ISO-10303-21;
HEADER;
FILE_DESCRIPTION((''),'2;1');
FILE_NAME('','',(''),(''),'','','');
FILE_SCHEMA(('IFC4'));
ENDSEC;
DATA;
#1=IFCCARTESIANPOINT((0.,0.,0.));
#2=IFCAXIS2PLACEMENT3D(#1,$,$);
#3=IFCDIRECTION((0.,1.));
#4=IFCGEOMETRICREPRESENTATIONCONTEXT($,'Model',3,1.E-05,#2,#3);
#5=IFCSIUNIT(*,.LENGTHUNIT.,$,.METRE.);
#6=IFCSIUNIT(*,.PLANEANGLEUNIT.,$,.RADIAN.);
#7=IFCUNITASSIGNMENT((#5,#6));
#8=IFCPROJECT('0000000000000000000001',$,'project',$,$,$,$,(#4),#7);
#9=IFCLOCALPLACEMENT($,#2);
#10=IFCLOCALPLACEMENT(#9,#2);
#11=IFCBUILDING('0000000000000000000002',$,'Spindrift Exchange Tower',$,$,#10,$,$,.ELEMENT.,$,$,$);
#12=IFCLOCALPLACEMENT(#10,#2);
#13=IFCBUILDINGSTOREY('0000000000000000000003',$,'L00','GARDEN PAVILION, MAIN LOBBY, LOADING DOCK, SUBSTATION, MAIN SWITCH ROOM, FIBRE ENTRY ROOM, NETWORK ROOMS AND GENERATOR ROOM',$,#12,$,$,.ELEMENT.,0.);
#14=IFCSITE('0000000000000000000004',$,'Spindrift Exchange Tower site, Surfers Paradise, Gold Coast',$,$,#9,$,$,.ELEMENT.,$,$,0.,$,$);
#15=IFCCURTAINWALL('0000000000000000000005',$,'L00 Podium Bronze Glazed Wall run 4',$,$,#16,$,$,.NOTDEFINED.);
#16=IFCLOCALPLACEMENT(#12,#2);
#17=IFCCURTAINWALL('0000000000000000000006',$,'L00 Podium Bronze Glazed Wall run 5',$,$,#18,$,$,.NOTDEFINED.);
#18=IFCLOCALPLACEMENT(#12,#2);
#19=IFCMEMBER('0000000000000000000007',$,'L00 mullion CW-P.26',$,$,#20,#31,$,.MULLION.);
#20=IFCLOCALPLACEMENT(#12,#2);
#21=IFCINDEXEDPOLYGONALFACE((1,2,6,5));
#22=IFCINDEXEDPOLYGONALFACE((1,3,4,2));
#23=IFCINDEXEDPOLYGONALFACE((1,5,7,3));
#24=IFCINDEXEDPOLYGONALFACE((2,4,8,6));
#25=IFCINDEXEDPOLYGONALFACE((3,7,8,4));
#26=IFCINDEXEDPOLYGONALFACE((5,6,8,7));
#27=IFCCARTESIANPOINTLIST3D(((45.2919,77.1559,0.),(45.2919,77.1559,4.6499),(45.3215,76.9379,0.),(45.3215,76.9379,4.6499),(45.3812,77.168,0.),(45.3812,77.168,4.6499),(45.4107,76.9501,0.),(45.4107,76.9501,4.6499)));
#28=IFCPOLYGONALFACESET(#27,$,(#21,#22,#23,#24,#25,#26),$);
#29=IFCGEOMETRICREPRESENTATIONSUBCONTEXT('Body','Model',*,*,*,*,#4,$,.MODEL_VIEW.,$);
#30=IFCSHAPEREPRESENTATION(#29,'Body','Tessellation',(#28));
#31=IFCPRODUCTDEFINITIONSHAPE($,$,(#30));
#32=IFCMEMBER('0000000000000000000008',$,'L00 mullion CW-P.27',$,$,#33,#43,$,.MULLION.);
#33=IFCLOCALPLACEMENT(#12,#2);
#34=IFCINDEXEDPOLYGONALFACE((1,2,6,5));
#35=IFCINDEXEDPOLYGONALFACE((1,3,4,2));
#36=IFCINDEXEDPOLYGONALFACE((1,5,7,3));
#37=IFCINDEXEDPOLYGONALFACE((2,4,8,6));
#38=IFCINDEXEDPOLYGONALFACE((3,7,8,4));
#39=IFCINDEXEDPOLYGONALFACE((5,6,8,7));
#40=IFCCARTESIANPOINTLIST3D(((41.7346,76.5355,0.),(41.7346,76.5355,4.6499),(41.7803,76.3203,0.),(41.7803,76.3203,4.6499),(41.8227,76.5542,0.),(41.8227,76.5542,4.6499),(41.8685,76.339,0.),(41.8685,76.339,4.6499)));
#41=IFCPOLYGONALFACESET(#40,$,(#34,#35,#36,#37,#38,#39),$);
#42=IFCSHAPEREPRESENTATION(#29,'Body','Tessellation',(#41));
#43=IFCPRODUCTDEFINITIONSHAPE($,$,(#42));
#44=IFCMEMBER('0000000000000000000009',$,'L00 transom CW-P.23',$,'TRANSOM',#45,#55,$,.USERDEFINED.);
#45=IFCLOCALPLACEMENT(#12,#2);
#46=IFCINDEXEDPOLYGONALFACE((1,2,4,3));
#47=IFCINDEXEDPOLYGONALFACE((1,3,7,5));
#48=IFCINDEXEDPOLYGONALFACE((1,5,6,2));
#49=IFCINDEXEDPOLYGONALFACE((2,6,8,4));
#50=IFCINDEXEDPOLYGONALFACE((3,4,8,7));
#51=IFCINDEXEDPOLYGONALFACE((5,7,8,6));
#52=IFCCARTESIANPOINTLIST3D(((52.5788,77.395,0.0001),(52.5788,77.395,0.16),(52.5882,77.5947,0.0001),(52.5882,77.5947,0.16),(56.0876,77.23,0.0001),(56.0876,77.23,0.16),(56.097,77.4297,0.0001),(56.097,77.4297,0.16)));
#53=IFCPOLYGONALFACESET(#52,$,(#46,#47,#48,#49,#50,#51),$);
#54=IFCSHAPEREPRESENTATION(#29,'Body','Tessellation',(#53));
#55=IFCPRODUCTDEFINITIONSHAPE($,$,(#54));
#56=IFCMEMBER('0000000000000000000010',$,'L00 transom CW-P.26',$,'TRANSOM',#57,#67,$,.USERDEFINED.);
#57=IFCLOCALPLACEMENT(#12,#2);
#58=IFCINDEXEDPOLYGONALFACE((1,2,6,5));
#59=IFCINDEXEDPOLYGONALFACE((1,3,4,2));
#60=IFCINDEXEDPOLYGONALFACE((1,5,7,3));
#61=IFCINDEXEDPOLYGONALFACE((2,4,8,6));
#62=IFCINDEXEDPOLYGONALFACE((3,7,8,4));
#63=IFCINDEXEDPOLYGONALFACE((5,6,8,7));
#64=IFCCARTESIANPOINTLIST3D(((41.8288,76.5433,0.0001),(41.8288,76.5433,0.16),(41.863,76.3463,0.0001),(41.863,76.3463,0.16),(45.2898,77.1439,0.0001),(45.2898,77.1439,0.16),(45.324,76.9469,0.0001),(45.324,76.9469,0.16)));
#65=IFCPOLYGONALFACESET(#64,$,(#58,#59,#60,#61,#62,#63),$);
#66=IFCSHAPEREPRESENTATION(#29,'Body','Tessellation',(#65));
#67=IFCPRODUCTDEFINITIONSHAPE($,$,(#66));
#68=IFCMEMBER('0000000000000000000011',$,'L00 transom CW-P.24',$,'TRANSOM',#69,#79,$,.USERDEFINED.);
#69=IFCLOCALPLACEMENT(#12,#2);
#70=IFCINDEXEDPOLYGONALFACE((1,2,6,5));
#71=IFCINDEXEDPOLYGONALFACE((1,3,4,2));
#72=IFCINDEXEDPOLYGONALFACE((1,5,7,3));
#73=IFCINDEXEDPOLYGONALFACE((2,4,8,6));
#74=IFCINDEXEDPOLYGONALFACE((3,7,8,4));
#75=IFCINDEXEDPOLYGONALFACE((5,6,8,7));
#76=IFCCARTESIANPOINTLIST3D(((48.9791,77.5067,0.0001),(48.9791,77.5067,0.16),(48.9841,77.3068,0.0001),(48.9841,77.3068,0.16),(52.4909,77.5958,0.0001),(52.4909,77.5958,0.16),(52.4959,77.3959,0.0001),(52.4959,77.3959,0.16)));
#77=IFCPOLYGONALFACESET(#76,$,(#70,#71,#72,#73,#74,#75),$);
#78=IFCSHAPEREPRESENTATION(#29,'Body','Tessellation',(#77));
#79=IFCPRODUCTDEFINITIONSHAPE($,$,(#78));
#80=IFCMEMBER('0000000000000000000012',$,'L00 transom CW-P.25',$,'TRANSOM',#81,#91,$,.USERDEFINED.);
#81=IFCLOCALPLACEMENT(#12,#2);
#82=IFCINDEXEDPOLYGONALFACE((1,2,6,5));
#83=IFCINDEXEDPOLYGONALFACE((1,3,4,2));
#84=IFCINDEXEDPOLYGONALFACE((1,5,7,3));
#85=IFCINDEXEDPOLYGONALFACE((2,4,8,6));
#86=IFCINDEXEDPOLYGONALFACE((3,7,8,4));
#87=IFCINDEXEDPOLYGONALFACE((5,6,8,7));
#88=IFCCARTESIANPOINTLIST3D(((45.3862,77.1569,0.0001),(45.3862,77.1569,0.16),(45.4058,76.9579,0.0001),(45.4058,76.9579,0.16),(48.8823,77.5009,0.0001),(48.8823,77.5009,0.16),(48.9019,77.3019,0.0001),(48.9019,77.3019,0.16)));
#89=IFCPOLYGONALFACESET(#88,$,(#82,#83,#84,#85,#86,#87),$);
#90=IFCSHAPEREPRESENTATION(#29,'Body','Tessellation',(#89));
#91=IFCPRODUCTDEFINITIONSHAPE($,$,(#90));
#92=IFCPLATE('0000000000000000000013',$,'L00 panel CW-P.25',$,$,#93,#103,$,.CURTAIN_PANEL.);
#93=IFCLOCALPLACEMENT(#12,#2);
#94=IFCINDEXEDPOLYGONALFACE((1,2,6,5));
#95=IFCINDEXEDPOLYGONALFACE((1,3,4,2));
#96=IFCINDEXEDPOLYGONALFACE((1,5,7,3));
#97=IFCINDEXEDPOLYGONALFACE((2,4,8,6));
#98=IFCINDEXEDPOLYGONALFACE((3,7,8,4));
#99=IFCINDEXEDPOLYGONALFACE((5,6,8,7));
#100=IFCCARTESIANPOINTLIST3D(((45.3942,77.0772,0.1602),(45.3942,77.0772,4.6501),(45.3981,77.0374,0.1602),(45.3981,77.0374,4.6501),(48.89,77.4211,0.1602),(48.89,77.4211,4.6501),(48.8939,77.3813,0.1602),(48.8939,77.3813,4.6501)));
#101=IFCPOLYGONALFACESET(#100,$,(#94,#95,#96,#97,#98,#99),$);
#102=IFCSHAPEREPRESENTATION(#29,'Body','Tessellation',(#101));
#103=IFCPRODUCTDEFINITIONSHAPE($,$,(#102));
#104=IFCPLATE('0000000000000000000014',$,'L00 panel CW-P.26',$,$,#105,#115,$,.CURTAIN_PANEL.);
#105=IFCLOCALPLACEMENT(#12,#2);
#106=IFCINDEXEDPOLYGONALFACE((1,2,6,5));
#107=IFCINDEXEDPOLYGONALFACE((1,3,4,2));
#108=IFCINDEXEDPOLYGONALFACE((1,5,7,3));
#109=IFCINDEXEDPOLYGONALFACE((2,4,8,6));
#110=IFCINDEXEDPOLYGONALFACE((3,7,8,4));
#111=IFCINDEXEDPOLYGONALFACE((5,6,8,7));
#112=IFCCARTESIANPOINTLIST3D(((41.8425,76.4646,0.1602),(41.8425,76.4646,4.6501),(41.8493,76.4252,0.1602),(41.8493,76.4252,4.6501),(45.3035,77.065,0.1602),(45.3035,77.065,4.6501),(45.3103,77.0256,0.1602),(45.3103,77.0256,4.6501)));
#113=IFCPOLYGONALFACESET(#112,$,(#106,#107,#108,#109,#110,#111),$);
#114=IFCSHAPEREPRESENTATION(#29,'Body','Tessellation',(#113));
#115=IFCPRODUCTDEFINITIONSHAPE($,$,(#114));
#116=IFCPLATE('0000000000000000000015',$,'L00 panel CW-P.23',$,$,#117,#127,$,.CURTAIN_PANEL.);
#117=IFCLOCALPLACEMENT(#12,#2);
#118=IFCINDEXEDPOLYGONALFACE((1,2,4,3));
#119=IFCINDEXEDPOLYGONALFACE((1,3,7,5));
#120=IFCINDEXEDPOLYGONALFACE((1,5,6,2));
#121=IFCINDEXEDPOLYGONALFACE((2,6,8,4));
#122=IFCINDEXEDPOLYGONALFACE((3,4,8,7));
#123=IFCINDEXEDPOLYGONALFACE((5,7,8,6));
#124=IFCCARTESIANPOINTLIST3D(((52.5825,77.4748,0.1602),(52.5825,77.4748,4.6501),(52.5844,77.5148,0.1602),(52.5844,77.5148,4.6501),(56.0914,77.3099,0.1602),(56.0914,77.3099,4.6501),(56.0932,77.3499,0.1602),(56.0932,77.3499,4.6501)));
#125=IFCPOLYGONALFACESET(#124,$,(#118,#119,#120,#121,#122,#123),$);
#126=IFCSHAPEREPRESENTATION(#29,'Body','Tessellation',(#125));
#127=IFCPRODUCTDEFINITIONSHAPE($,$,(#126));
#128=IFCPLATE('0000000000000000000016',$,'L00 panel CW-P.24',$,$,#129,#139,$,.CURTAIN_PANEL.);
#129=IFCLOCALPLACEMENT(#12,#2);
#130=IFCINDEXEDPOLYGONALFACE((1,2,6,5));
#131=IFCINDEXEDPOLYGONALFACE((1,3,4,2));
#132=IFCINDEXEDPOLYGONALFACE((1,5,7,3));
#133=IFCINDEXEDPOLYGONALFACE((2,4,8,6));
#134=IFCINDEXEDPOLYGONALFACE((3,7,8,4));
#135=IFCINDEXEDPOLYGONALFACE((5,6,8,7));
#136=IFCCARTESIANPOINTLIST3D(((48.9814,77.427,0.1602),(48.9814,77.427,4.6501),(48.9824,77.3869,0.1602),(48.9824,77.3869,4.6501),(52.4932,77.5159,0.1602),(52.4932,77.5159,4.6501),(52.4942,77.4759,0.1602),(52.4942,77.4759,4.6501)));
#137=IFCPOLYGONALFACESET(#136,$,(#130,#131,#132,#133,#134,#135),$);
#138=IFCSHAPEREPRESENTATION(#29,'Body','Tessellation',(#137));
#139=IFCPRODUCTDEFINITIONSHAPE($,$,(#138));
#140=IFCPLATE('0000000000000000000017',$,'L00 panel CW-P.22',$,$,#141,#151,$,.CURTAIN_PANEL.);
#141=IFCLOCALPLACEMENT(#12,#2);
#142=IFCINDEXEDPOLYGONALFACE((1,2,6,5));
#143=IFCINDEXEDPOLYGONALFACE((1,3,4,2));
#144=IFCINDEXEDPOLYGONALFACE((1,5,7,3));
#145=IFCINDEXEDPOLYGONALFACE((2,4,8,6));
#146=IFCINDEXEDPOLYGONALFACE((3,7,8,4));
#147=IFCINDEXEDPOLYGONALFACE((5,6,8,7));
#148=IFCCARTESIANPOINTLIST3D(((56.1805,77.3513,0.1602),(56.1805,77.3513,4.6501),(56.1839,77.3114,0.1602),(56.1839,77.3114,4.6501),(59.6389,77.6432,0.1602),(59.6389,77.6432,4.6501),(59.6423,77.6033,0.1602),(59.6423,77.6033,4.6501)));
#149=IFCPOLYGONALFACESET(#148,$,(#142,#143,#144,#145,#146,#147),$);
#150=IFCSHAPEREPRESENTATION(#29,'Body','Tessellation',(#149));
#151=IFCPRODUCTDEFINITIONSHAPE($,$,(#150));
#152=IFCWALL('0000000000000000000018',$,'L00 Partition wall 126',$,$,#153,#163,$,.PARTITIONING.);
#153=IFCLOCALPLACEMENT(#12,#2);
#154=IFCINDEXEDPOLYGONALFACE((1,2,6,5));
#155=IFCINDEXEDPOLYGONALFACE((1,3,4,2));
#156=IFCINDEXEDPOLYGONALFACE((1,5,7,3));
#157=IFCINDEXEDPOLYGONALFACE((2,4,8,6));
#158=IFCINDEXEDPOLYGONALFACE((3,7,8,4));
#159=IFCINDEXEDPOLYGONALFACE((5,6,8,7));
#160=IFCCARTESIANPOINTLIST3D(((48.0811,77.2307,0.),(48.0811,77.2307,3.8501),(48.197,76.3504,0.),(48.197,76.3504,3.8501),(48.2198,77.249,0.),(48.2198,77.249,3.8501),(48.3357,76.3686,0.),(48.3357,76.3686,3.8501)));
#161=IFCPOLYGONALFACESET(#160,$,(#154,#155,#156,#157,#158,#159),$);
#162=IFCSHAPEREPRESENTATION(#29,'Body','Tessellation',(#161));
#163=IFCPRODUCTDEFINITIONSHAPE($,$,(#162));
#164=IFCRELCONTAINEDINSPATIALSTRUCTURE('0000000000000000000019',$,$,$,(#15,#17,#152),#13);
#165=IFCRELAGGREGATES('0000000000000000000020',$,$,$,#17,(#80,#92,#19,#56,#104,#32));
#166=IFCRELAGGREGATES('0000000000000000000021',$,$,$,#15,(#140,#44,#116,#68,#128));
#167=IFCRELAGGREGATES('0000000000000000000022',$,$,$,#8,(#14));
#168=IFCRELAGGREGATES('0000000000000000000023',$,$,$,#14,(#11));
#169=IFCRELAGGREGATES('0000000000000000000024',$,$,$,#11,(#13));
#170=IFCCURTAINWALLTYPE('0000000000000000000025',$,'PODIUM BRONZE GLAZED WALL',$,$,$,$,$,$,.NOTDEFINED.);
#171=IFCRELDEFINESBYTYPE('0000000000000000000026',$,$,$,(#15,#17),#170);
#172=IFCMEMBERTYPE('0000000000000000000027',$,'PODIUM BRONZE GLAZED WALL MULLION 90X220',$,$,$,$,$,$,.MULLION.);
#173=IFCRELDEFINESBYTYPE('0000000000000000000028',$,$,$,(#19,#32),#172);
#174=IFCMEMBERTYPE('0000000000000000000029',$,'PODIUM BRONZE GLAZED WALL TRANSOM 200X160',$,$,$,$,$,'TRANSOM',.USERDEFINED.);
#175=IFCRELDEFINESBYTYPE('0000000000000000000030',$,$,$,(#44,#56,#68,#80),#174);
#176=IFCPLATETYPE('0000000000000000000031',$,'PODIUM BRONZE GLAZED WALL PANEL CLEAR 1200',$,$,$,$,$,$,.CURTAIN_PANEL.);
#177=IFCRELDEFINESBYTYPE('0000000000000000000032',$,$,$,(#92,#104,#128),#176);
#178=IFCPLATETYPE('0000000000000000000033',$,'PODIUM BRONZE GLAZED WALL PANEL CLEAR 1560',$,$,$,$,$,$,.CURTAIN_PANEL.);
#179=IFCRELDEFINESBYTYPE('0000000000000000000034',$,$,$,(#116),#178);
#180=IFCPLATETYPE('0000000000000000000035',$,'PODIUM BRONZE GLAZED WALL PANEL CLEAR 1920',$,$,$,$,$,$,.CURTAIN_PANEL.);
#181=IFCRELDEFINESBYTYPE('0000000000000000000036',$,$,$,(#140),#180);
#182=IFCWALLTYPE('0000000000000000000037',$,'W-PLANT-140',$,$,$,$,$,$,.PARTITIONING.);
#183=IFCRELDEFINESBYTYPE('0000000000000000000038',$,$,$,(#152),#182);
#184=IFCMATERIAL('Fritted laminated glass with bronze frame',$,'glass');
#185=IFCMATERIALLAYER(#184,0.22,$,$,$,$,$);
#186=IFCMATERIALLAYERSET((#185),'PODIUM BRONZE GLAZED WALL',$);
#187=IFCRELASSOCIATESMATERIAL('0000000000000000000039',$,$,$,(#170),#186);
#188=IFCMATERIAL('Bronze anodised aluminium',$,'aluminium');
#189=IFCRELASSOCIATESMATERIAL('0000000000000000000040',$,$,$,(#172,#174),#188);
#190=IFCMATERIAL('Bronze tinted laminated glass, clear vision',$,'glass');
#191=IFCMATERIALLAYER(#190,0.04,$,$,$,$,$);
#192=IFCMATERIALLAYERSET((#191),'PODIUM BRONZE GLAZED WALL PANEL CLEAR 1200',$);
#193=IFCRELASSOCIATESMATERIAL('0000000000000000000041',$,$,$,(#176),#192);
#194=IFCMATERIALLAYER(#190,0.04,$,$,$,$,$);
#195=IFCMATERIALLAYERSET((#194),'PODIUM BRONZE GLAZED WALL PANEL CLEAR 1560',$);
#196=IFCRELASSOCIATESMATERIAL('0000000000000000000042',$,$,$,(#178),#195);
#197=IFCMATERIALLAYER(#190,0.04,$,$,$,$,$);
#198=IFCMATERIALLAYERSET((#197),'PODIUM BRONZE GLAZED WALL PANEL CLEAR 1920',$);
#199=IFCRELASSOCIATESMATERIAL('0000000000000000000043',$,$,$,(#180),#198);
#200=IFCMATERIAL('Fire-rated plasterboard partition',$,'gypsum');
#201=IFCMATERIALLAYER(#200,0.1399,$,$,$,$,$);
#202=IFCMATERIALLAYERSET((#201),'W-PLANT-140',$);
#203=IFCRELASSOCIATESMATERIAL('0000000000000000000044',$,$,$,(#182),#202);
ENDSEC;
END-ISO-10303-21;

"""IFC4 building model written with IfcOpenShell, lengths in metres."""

from ifc_helpers import new_model, si_unit, direction, frame, frame_2d, origin, origin_2d, place, context, subcontext, project, spatial, rectangle, extrude, source, transform, mapped, material, layer, layer_set, material_profile, profile_set, type_object, element, aggregate, save


model = new_model("IFC4")

# Units and contexts
model_context = context("Model", 3, precision=1e-05, world=origin(), true_north=direction((0.0, 1.0)))
body_context = subcontext(model_context, "Body", "Model", "MODEL_VIEW")
ifc_project = project(units=[si_unit("LENGTHUNIT", "METRE"), si_unit("PLANEANGLEUNIT", "RADIAN")], contexts=[model_context])

# Site, building, storey
site_placement = place(None, origin())
site = spatial("IfcSite", under=ifc_project, at=site_placement, Name="Spindrift Exchange Tower site, Surfers Paradise, Gold Coast", CompositionType="ELEMENT", RefElevation=0.0)
building_placement = place(site_placement, origin())
building = spatial("IfcBuilding", under=site, at=building_placement, Name="Spindrift Exchange Tower", CompositionType="ELEMENT")
storey_placement = place(building_placement, origin())
storey = spatial("IfcBuildingStorey", under=building, at=storey_placement, Name="L00", Description="GARDEN PAVILION, MAIN LOBBY, LOADING DOCK, SUBSTATION, MAIN SWITCH ROOM, FIBRE ENTRY ROOM, NETWORK ROOMS AND GENERATOR ROOM", CompositionType="ELEMENT", Elevation=0.0)

# Curtain walls, members
ifc_material_1 = material(Name="Fritted laminated glass with bronze frame", Category="glass")
ifc_layer_1 = layer(ifc_material_1, 0.22)
ifc_layer_set_1 = layer_set([ifc_layer_1], Name="PODIUM BRONZE GLAZED WALL")
curtain_wall_type = type_object("IfcCurtainWallType", Name="PODIUM BRONZE GLAZED WALL", PredefinedType="NOTDEFINED", material=ifc_layer_set_1)
curtain_wall_1_placement = place(storey_placement, origin())
curtain_wall_1 = element("IfcCurtainWall", 1, at=curtain_wall_1_placement, inside=storey, type_object=curtain_wall_type, Name="L00 Podium Bronze Glazed Wall run 4", PredefinedType="NOTDEFINED")
ifc_material_2 = material(Name="Bronze anodised aluminium", Category="aluminium")
ifc_material_profile_1 = material_profile(ifc_material_2, rectangle(XDim=0.0901, YDim=0.22, at=origin_2d()), Name="PODIUM BRONZE GLAZED WALL MULLION 90X220")
ifc_profile_set_1 = profile_set([ifc_material_profile_1], Name="Bronze anodised aluminium")
member_type_1 = type_object("IfcMemberType", Name="PODIUM BRONZE GLAZED WALL MULLION 90X220", PredefinedType="MULLION", material=ifc_profile_set_1)
shared_shape_1 = source(origin(), body_context, "Body", "SweptSolid", [
    extrude(rectangle(XDim=0.0901, YDim=0.22, at=origin_2d()), origin(), (0.0, 0.0, 1.0), 4.6499),
])
curtain_wall_2_placement = place(storey_placement, origin())
curtain_wall_2 = element("IfcCurtainWall", 2, at=curtain_wall_2_placement, inside=storey, type_object=curtain_wall_type, Name="L00 Podium Bronze Glazed Wall run 5", PredefinedType="NOTDEFINED")
member_1_placement = place(storey_placement, frame((45.3513, 77.053, 0.0), z_axis=(0.0, 0.0, 1.0), x_axis=(-0.990913, -0.134503, 0.0)))
member_1 = element("IfcMember", 3, at=member_1_placement, type_object=member_type_1, Name="L00 mullion CW-P.26", PredefinedType="MULLION", context=body_context, shape_type="MappedRepresentation", body=[
    mapped(shared_shape_1, transform((0.0, 0.0, 0.0), scale=1.0)),
])
member_2_placement = place(storey_placement, frame((41.8015, 76.4373, 0.0), z_axis=(0.0, 0.0, 1.0), x_axis=(-0.978121, -0.208035, 0.0)))
member_2 = element("IfcMember", 4, at=member_2_placement, type_object=member_type_1, Name="L00 mullion CW-P.27", PredefinedType="MULLION", context=body_context, shape_type="MappedRepresentation", body=[
    mapped(shared_shape_1, transform((0.0, 0.0, 0.0), scale=1.0)),
])

# Members
ifc_material_profile_2 = material_profile(ifc_material_2, rectangle(XDim=0.2, YDim=0.1599, at=origin_2d()), Name="PODIUM BRONZE GLAZED WALL TRANSOM 200X160")
ifc_profile_set_2 = profile_set([ifc_material_profile_2], Name="Bronze anodised aluminium")
member_type_2 = type_object("IfcMemberType", Name="PODIUM BRONZE GLAZED WALL TRANSOM 200X160", ElementType="TRANSOM", PredefinedType="USERDEFINED", material=ifc_profile_set_2)
shared_shape_2 = source(origin(), body_context, "Body", "SweptSolid", [
    extrude(rectangle(XDim=0.2, YDim=0.1599, at=origin_2d()), origin(), (0.0, 0.0, 1.0), 3.5127),
])
member_3_placement = place(storey_placement, frame((56.0923, 77.3298, 0.0801), z_axis=(-0.998896, 0.046984, 0.0), x_axis=(-0.046984, -0.998896, 0.0)))
member_3 = element("IfcMember", 5, at=member_3_placement, type_object=member_type_2, Name="L00 transom CW-P.23", ObjectType="TRANSOM", PredefinedType="USERDEFINED", context=body_context, shape_type="MappedRepresentation", body=[
    mapped(shared_shape_2, transform((0.0, 0.0, 0.0), scale=1.0)),
])
member_4_placement = place(storey_placement, frame((45.3069, 77.0454, 0.0801), z_axis=(-0.985275, -0.170977, 0.0), x_axis=(0.170977, -0.985275, 0.0)))
member_4 = element("IfcMember", 6, at=member_4_placement, type_object=member_type_2, Name="L00 transom CW-P.26", ObjectType="TRANSOM", PredefinedType="USERDEFINED", context=body_context, shape_type="MappedRepresentation", body=[
    mapped(shared_shape_2, transform((0.0, 0.0, 0.0), scale=1.0)),
])
shared_shape_3 = source(origin(), body_context, "Body", "SweptSolid", [
    extrude(rectangle(XDim=0.2, YDim=0.1599, at=origin_2d()), origin(), (0.0, 0.0, 1.0), 3.5129),
])
member_5_placement = place(storey_placement, frame((52.4934, 77.4958, 0.0801), z_axis=(-0.999678, -0.025367, 0.0), x_axis=(0.025367, -0.999678, 0.0)))
member_5 = element("IfcMember", 7, at=member_5_placement, type_object=member_type_2, Name="L00 transom CW-P.24", ObjectType="TRANSOM", PredefinedType="USERDEFINED", context=body_context, shape_type="MappedRepresentation", body=[
    mapped(shared_shape_3, transform((0.0, 0.0, 0.0), scale=1.0)),
])
member_6_placement = place(storey_placement, frame((48.8921, 77.4014, 0.0801), z_axis=(-0.995194, -0.097921, 0.0), x_axis=(0.097921, -0.995194, 0.0)))
member_6 = element("IfcMember", 8, at=member_6_placement, type_object=member_type_2, Name="L00 transom CW-P.25", ObjectType="TRANSOM", PredefinedType="USERDEFINED", context=body_context, shape_type="MappedRepresentation", body=[
    mapped(shared_shape_3, transform((0.0, 0.0, 0.0), scale=1.0)),
])

# Plates
ifc_material_3 = material(Name="Bronze tinted laminated glass, clear vision", Category="glass")
ifc_layer_2 = layer(ifc_material_3, 0.04)
ifc_layer_set_2 = layer_set([ifc_layer_2], Name="PODIUM BRONZE GLAZED WALL PANEL CLEAR 1200")
plate_type_1 = type_object("IfcPlateType", Name="PODIUM BRONZE GLAZED WALL PANEL CLEAR 1200", PredefinedType="CURTAIN_PANEL", material=ifc_layer_set_2)
shared_shape_4 = source(origin(), body_context, "Body", "SweptSolid", [
    extrude(rectangle(XDim=3.5127, YDim=0.04, at=origin_2d()), origin(), (0.0, 0.0, 1.0), 4.49),
])
plate_1_placement = place(storey_placement, frame((47.144, 77.2292, 0.1602), z_axis=(0.0, 0.0, 1.0), x_axis=(-0.995197, -0.097896, 0.0)))
plate_1 = element("IfcPlate", 9, at=plate_1_placement, type_object=plate_type_1, Name="L00 panel CW-P.25", PredefinedType="CURTAIN_PANEL", context=body_context, shape_type="MappedRepresentation", body=[
    mapped(shared_shape_4, transform((0.0, 0.0, 0.0), scale=1.0)),
])
plate_2_placement = place(storey_placement, frame((43.5764, 76.7451, 0.1602), z_axis=(0.0, 0.0, 1.0), x_axis=(-0.985284, -0.170927, 0.0)))
plate_2 = element("IfcPlate", 10, at=plate_2_placement, type_object=plate_type_1, Name="L00 panel CW-P.26", PredefinedType="CURTAIN_PANEL", context=body_context, shape_type="MappedRepresentation", body=[
    mapped(shared_shape_4, transform((0.0, 0.0, 0.0), scale=1.0)),
])
aggregate(curtain_wall_2, [member_6, plate_1, member_1, member_4, plate_2, member_2])
ifc_layer_3 = layer(ifc_material_3, 0.04)
ifc_layer_set_3 = layer_set([ifc_layer_3], Name="PODIUM BRONZE GLAZED WALL PANEL CLEAR 1560")
plate_type_2 = type_object("IfcPlateType", Name="PODIUM BRONZE GLAZED WALL PANEL CLEAR 1560", PredefinedType="CURTAIN_PANEL", material=ifc_layer_set_3)
shared_shape_5 = source(origin(), body_context, "Body", "SweptSolid", [
    extrude(rectangle(XDim=3.5127, YDim=0.04, at=origin_2d()), origin(), (0.0, 0.0, 1.0), 4.49),
])
plate_3_placement = place(storey_placement, frame((54.3379, 77.4124, 0.1602), z_axis=(0.0, 0.0, 1.0), x_axis=(-0.998897, 0.046963, 0.0)))
plate_3 = element("IfcPlate", 11, at=plate_3_placement, type_object=plate_type_2, Name="L00 panel CW-P.23", PredefinedType="CURTAIN_PANEL", context=body_context, shape_type="MappedRepresentation", body=[
    mapped(shared_shape_5, transform((0.0, 0.0, 0.0), scale=1.0)),
])
shared_shape_6 = source(origin(), body_context, "Body", "SweptSolid", [
    extrude(rectangle(XDim=3.5129, YDim=0.04, at=origin_2d()), origin(), (0.0, 0.0, 1.0), 4.49),
])
plate_4_placement = place(storey_placement, frame((50.7378, 77.4514, 0.1602), z_axis=(0.0, 0.0, 1.0), x_axis=(-0.99968, -0.025313, 0.0)))
plate_4 = element("IfcPlate", 12, at=plate_4_placement, type_object=plate_type_1, Name="L00 panel CW-P.24", PredefinedType="CURTAIN_PANEL", context=body_context, shape_type="MappedRepresentation", body=[
    mapped(shared_shape_6, transform((0.0, 0.0, 0.0), scale=1.0)),
])
ifc_layer_4 = layer(ifc_material_3, 0.04)
ifc_layer_set_4 = layer_set([ifc_layer_4], Name="PODIUM BRONZE GLAZED WALL PANEL CLEAR 1920")
plate_type_3 = type_object("IfcPlateType", Name="PODIUM BRONZE GLAZED WALL PANEL CLEAR 1920", PredefinedType="CURTAIN_PANEL", material=ifc_layer_set_4)
shared_shape_7 = source(origin(), body_context, "Body", "SweptSolid", [
    extrude(rectangle(XDim=3.4707, YDim=0.04, at=origin_2d()), origin(), (0.0, 0.0, 1.0), 4.49),
])
plate_5_placement = place(storey_placement, frame((57.9114, 77.4773, 0.1602), z_axis=(0.0, 0.0, 1.0), x_axis=(-0.996458, -0.084087, 0.0)))
plate_5 = element("IfcPlate", 13, at=plate_5_placement, type_object=plate_type_3, Name="L00 panel CW-P.22", PredefinedType="CURTAIN_PANEL", context=body_context, shape_type="MappedRepresentation", body=[
    mapped(shared_shape_7, transform((0.0, 0.0, 0.0), scale=1.0)),
])
aggregate(curtain_wall_1, [plate_5, member_3, plate_3, member_5, plate_4])

# Wall
ifc_material_4 = material(Name="Fire-rated plasterboard partition", Category="gypsum")
ifc_layer_5 = layer(ifc_material_4, 0.1399)
ifc_layer_set_5 = layer_set([ifc_layer_5], Name="W-PLANT-140")
wall_type = type_object("IfcWallType", Name="W-PLANT-140", PredefinedType="PARTITIONING", material=ifc_layer_set_5)
wall_placement = place(storey_placement, frame((48.2664, 76.3596, 0.0), z_axis=(0.0, 0.0, 1.0), x_axis=(-0.130597, 0.991436, 0.0)))
element("IfcWall", 14, at=wall_placement, inside=storey, type_object=wall_type, Name="L00 Partition wall 126", PredefinedType="PARTITIONING", context=body_context, shape_type="SweptSolid", body=[
    extrude(rectangle(XDim=0.8879, YDim=0.1399, at=frame_2d((0.4438, 0.0))), origin(), (0.0, 0.0, 1.0), 3.8501),
])

save(model, "model.ifc")
